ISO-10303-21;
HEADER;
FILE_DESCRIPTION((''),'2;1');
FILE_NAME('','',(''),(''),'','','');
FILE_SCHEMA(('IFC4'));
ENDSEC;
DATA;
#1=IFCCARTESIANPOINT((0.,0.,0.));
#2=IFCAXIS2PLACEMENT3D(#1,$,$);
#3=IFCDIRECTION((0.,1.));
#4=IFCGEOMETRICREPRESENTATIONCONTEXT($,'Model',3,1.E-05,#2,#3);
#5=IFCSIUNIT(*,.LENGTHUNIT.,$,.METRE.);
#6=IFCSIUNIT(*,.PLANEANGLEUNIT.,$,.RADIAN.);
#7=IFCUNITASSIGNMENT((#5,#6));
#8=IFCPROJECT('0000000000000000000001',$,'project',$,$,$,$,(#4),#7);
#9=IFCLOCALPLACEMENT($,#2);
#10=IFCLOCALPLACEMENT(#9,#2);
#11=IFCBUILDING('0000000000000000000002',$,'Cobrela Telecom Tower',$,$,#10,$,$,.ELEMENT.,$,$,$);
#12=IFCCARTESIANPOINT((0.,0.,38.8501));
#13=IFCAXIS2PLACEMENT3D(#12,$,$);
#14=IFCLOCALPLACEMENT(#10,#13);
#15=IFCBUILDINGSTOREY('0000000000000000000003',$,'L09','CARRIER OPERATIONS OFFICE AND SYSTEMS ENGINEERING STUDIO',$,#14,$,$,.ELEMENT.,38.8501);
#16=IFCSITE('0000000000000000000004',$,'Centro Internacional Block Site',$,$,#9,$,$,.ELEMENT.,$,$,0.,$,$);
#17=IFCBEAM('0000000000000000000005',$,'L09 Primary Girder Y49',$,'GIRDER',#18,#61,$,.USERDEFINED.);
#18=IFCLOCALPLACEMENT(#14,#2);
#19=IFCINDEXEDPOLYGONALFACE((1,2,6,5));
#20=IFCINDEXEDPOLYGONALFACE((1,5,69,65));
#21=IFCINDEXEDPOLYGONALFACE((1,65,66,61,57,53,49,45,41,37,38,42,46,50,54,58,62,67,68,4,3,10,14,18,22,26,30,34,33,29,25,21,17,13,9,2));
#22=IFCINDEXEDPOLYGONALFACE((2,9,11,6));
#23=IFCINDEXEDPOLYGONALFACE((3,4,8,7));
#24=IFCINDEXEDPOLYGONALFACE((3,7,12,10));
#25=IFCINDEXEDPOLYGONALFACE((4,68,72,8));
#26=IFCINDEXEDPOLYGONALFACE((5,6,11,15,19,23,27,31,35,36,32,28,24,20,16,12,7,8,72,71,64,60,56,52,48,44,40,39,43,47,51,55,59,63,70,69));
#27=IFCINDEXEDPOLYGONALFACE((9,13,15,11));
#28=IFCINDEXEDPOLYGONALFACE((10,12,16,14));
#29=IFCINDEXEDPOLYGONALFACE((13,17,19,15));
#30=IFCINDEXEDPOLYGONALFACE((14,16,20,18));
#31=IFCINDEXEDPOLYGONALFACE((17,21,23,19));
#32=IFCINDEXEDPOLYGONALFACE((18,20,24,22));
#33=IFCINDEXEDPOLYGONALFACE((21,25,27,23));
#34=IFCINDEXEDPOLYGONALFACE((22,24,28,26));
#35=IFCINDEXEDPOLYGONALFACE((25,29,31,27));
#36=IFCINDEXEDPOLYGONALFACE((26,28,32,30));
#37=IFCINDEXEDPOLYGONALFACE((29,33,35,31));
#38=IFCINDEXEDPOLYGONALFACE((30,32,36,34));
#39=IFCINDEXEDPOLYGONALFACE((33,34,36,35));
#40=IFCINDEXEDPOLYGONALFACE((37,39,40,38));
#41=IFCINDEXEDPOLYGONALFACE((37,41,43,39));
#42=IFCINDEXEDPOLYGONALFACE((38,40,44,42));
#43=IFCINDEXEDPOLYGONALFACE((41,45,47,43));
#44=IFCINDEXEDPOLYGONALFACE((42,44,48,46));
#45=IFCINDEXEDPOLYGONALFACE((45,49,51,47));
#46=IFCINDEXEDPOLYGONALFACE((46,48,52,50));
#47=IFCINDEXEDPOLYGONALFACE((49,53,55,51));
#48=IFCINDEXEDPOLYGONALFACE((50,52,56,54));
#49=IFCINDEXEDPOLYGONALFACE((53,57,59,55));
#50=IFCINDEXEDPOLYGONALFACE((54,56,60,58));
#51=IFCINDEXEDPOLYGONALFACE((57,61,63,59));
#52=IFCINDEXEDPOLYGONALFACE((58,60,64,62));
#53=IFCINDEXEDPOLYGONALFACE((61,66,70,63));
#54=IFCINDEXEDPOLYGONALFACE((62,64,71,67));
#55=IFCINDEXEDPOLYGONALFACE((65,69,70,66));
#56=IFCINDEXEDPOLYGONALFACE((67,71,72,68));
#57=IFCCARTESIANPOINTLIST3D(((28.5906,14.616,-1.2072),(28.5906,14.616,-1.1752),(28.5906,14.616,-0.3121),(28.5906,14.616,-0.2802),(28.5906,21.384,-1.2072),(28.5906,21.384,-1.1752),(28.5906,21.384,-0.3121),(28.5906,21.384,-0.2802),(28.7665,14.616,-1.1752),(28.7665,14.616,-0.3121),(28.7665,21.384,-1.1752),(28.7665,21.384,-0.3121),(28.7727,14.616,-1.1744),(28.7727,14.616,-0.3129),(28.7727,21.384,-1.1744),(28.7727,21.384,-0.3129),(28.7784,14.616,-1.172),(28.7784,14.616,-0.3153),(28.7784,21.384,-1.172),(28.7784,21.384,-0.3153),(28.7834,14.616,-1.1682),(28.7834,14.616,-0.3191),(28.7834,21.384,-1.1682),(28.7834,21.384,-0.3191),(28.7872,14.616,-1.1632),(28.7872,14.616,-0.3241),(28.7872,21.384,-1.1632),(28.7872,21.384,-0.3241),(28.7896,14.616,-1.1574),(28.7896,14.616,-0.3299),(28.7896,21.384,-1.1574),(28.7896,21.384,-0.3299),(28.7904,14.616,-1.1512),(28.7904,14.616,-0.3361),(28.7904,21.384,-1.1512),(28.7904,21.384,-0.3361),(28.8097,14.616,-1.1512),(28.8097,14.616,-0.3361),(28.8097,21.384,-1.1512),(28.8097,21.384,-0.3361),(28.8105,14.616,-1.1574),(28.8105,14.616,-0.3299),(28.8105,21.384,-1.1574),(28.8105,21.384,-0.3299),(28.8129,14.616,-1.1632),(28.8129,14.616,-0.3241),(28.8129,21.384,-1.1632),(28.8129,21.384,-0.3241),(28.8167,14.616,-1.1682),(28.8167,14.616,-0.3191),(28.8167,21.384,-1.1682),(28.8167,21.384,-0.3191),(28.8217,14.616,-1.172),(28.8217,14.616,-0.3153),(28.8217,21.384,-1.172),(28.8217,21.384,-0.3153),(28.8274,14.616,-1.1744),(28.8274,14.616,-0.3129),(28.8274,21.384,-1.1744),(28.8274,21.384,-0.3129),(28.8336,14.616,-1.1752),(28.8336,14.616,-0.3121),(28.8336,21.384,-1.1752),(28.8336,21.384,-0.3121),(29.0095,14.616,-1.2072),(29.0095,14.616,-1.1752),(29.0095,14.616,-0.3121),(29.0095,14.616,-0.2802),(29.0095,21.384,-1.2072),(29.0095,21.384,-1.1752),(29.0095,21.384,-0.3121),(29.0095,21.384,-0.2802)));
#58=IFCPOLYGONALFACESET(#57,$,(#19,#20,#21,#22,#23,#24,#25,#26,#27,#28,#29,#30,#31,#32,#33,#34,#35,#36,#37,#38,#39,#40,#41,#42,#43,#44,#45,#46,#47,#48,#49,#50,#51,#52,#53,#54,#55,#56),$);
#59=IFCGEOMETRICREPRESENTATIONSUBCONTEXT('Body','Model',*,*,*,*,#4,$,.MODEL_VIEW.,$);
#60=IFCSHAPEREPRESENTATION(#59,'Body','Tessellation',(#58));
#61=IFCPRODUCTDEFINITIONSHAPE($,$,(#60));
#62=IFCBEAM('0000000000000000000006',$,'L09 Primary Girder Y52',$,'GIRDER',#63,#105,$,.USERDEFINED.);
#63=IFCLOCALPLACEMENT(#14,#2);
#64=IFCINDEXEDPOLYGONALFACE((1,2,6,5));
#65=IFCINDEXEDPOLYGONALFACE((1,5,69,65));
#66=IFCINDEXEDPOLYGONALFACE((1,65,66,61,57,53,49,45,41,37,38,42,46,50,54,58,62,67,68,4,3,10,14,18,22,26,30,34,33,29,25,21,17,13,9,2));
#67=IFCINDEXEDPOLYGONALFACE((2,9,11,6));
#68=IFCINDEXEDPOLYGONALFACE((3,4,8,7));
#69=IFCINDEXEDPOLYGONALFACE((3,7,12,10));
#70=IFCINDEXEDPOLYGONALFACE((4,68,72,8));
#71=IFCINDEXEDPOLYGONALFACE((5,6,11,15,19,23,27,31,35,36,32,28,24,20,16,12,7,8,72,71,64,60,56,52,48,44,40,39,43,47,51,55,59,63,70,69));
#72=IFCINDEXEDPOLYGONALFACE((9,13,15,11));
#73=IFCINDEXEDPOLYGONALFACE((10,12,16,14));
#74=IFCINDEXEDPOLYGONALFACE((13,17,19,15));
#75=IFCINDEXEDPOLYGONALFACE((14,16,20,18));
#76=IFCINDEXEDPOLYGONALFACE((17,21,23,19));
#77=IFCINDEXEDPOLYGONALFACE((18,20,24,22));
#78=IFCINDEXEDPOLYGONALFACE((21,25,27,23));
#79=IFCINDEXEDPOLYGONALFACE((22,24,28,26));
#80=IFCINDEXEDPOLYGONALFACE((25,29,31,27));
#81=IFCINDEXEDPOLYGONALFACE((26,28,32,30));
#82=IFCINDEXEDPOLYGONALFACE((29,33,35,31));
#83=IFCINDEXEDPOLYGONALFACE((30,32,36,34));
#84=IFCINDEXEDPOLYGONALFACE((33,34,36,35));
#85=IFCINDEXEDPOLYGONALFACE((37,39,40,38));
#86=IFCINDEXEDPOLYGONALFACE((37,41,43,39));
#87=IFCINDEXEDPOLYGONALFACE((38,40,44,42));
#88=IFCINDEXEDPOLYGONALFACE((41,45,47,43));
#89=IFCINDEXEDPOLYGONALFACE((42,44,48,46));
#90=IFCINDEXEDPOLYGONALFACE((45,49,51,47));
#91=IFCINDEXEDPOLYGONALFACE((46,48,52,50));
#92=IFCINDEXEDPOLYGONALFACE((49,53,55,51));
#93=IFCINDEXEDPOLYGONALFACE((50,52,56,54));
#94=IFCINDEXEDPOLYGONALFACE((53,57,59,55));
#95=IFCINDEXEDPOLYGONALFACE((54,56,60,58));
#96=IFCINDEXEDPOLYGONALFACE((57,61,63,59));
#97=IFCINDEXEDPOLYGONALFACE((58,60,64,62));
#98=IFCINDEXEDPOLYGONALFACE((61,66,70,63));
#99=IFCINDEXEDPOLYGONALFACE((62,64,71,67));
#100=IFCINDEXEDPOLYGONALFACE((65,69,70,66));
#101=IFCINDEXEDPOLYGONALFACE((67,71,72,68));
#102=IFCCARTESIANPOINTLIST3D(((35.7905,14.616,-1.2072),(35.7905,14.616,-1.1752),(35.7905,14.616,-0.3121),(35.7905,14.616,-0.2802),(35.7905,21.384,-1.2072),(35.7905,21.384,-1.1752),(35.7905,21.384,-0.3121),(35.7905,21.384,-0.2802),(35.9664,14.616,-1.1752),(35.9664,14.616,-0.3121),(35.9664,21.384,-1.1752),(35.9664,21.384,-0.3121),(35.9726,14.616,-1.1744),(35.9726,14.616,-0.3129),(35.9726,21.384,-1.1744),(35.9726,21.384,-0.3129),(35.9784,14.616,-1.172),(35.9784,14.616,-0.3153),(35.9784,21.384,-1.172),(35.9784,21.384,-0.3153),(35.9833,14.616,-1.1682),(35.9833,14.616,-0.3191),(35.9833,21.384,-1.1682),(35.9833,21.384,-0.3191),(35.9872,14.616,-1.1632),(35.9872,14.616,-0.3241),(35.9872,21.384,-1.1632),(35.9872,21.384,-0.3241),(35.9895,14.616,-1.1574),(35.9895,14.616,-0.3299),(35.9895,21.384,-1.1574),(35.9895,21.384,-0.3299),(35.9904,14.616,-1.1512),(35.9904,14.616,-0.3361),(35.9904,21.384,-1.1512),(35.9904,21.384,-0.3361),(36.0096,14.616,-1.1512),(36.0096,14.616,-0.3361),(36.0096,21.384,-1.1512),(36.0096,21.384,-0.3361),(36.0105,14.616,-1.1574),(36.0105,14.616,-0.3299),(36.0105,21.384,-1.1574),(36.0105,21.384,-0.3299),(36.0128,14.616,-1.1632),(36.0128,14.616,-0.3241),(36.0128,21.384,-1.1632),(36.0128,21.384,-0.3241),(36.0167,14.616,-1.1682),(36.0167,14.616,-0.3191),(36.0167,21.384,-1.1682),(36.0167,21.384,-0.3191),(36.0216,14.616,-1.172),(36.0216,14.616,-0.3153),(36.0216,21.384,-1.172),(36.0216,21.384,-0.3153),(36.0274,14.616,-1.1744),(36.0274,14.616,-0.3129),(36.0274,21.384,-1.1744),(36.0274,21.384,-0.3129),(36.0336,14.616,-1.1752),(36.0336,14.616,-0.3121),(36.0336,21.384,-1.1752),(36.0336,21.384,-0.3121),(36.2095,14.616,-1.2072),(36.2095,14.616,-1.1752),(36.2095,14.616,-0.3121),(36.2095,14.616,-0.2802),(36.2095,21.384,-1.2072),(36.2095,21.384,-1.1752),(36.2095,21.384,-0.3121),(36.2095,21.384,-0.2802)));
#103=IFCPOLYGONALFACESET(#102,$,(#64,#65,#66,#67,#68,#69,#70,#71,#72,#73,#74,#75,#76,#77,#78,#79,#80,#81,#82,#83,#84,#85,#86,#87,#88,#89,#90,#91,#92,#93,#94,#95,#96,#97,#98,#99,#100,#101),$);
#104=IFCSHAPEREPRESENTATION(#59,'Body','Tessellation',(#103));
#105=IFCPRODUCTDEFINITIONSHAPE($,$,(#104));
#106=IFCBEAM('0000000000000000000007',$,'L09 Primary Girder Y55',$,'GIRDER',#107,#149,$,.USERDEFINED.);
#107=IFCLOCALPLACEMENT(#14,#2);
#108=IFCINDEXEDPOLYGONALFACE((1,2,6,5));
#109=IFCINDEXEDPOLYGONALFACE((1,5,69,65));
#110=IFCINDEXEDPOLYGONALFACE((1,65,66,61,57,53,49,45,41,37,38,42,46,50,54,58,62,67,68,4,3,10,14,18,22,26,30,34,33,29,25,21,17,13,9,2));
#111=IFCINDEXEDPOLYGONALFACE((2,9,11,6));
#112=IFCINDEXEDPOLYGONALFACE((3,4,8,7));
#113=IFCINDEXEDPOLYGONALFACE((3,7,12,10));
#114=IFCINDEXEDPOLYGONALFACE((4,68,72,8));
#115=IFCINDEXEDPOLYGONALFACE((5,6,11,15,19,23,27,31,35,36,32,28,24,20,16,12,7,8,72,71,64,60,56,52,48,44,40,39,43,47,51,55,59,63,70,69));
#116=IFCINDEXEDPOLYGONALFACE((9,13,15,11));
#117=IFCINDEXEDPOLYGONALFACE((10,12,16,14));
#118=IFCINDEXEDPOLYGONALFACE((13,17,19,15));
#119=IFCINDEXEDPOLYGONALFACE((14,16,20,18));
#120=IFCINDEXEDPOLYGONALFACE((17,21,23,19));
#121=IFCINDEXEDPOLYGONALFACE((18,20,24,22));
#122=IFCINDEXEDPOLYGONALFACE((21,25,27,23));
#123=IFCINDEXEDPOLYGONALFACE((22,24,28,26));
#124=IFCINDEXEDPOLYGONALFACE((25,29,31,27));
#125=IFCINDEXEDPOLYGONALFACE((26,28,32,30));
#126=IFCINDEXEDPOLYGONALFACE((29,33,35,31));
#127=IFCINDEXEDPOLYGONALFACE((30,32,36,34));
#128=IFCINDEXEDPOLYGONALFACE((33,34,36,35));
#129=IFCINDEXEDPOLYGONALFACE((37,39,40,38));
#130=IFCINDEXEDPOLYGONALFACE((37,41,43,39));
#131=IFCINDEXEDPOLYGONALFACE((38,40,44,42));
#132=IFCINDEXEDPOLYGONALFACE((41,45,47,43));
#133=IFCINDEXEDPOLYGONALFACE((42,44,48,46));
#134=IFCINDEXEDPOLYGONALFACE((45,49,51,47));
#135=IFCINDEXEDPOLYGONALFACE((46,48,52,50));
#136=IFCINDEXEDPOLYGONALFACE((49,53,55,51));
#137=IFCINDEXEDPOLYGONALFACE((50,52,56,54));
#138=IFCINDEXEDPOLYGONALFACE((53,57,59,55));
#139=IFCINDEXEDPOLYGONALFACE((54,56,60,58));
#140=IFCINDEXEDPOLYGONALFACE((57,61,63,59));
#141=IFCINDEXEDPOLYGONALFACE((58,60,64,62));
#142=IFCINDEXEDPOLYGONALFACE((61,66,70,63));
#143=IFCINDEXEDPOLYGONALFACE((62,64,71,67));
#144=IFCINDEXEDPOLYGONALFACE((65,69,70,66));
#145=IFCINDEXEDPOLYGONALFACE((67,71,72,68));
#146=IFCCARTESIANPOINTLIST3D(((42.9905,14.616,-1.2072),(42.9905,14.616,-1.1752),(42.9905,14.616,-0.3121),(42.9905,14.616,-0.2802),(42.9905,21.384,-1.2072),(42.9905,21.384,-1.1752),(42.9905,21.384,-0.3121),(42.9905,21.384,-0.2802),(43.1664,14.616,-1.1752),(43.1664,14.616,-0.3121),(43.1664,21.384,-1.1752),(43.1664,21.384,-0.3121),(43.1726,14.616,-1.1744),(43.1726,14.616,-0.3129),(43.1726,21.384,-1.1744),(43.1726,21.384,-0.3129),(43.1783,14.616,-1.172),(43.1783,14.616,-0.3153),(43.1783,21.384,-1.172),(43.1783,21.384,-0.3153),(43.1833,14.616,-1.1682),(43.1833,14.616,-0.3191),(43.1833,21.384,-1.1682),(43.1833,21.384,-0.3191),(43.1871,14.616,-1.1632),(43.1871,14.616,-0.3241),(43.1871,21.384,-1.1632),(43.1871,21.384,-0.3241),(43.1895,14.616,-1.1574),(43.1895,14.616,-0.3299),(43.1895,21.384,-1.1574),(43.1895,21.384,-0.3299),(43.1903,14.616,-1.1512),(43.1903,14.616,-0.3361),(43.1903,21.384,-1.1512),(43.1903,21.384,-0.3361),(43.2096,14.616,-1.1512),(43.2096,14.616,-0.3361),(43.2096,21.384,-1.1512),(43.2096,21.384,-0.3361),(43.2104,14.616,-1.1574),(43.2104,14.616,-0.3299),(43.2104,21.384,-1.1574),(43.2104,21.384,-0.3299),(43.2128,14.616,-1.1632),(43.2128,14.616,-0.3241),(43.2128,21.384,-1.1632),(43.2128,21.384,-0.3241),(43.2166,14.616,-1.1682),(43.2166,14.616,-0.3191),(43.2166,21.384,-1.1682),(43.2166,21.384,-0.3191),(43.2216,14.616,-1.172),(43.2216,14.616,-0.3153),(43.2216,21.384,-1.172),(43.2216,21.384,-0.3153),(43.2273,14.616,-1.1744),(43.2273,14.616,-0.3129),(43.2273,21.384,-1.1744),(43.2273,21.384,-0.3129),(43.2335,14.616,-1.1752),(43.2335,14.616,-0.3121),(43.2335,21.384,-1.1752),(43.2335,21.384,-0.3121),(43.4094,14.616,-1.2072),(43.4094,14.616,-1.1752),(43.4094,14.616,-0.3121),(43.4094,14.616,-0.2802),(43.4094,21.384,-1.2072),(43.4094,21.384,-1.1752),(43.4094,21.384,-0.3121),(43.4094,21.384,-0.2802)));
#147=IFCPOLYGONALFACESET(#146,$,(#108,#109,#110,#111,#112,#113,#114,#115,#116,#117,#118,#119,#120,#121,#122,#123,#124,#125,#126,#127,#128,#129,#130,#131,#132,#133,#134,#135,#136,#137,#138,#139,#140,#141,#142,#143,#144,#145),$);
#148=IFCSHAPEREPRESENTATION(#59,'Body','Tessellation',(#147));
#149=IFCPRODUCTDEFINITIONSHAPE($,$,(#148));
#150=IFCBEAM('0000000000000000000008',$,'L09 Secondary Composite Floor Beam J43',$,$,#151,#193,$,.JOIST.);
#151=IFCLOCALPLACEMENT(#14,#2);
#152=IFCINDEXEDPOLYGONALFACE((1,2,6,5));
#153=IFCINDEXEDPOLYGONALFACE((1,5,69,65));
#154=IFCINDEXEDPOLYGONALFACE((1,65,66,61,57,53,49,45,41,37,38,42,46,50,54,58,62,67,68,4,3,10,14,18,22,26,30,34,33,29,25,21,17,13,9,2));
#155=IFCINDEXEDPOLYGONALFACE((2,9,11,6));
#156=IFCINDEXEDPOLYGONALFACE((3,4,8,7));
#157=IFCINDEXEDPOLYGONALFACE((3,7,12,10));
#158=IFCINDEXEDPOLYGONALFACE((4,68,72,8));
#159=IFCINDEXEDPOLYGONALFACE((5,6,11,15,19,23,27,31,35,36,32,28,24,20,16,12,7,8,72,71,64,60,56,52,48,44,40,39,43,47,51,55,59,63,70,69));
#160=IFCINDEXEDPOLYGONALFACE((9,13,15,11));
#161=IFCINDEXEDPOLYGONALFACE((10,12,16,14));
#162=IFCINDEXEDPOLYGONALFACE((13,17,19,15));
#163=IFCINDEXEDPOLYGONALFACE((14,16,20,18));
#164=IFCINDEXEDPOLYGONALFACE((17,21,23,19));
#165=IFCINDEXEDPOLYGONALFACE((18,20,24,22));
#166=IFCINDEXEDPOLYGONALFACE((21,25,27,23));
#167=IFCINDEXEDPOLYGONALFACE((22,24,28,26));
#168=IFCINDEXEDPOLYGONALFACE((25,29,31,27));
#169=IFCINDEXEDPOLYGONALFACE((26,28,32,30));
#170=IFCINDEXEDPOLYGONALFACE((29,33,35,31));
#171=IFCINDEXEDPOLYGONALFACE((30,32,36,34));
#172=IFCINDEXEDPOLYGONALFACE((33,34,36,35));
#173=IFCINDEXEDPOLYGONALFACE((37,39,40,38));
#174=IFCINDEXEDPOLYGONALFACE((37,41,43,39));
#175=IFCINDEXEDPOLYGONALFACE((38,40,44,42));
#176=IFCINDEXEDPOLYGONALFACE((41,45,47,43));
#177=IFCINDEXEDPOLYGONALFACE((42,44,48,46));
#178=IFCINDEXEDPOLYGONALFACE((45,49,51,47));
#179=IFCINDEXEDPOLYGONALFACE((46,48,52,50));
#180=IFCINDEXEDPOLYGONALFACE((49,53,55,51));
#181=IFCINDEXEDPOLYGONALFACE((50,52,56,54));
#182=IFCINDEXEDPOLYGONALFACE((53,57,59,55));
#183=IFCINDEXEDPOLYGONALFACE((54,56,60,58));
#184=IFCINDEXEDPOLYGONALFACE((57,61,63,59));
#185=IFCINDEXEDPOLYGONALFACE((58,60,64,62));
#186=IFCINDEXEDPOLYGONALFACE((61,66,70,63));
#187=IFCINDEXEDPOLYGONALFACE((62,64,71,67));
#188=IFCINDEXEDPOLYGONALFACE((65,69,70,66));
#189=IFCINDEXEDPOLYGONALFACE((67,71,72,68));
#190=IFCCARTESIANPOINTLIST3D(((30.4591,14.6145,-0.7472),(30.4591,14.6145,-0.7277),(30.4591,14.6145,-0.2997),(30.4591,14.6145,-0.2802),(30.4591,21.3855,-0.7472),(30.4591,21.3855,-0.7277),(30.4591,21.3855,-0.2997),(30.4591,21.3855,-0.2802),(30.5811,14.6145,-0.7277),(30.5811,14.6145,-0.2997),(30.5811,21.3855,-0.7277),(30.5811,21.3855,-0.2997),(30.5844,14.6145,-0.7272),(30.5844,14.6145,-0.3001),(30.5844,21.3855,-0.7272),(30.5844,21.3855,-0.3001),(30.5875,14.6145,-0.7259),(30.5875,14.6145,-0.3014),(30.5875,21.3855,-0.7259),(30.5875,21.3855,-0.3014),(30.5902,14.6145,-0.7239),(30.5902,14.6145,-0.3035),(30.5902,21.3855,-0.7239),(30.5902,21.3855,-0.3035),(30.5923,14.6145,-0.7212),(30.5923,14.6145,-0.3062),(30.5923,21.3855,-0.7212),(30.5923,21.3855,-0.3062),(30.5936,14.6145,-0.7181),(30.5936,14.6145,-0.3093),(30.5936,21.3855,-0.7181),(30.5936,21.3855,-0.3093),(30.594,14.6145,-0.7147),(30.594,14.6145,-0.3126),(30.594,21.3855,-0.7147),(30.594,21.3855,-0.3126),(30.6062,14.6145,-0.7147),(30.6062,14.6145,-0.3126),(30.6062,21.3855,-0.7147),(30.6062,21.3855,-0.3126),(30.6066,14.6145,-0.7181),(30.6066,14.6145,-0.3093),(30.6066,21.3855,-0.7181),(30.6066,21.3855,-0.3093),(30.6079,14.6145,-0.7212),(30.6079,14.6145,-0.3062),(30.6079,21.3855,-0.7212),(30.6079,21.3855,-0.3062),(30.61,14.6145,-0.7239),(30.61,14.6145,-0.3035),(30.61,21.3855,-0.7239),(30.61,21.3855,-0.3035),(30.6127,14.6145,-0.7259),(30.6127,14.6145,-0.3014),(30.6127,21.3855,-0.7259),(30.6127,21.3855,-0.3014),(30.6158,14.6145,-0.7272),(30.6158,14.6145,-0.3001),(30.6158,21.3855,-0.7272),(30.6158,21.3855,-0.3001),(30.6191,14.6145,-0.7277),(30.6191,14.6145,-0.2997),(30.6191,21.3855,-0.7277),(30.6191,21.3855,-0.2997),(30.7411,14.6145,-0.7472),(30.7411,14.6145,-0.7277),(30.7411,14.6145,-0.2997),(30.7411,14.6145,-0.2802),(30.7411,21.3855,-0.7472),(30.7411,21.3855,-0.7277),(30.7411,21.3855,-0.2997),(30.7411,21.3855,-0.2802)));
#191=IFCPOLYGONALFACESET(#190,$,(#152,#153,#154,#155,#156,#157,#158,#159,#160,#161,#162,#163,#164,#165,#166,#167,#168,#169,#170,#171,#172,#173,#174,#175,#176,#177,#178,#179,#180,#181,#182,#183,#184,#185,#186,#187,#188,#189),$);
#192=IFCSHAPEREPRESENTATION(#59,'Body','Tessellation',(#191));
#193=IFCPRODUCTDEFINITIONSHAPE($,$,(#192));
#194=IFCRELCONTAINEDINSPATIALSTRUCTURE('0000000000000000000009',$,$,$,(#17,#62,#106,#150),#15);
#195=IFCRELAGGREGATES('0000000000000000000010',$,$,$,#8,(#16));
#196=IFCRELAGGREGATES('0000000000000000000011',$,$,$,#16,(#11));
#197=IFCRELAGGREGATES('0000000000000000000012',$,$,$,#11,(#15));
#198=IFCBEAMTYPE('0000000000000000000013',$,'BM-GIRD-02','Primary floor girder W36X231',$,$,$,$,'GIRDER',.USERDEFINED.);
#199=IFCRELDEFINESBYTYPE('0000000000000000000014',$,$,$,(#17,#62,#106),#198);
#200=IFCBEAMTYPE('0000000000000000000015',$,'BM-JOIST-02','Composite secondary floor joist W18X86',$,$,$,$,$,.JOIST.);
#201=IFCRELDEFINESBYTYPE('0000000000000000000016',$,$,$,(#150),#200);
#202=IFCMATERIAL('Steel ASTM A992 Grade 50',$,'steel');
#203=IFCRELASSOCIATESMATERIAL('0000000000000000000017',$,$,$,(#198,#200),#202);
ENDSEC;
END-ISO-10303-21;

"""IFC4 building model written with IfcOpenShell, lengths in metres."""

from ifc_helpers import new_model, si_unit, direction, frame, origin, origin_2d, place, context, subcontext, project, spatial, i_section, extrude, material, material_profile, profile_set, type_object, element, save


model = new_model("IFC4")

# Units and contexts
model_context = context("Model", 3, precision=1e-05, world=origin(), true_north=direction((0.0, 1.0)))
body_context = subcontext(model_context, "Body", "Model", "MODEL_VIEW")
ifc_project = project(units=[si_unit("LENGTHUNIT", "METRE"), si_unit("PLANEANGLEUNIT", "RADIAN")], contexts=[model_context])

# Site, building, storey
site_placement = place(None, origin())
site = spatial("IfcSite", under=ifc_project, at=site_placement, Name="Centro Internacional Block Site", CompositionType="ELEMENT", RefElevation=0.0)
building_placement = place(site_placement, origin())
building = spatial("IfcBuilding", under=site, at=building_placement, Name="Cobrela Telecom Tower", CompositionType="ELEMENT")
storey_placement = place(building_placement, frame((0.0, 0.0, 38.8501)))
storey = spatial("IfcBuildingStorey", under=building, at=storey_placement, Name="L09", Description="CARRIER OPERATIONS OFFICE AND SYSTEMS ENGINEERING STUDIO", CompositionType="ELEMENT", Elevation=38.8501)

# Shared definitions
ifc_material_1 = material(Name="Steel ASTM A992 Grade 50", Category="steel")

# Beams
ifc_material_profile_1 = material_profile(ifc_material_1, i_section(OverallWidth=0.4189, OverallDepth=0.927, WebThickness=0.0193, FlangeThickness=0.032, FilletRadius=0.0239, at=origin_2d()), Name="W36X231")
ifc_profile_set_1 = profile_set([ifc_material_profile_1], Name="Steel ASTM A992 Grade 50")
beam_type_1 = type_object("IfcBeamType", Name="BM-GIRD-02", Description="Primary floor girder W36X231", ElementType="GIRDER", PredefinedType="USERDEFINED", material=ifc_profile_set_1)
for number, where, z_axis, x_axis, name in (
    (1, (28.8, 14.616, -0.7437), (0.0, 1.0, 0.0), (-1.0, 0.0, 0.0), "L09 Primary Girder Y49"),
    (2, (36.0, 14.616, -0.7437), (0.0, 1.0, 0.0), (-1.0, 0.0, 0.0), "L09 Primary Girder Y52"),
    (3, (43.2, 14.616, -0.7437), (0.0, 1.0, 0.0), (-1.0, 0.0, 0.0), "L09 Primary Girder Y55"),
):
    element("IfcBeam", number, at=place(storey_placement, frame(where, z_axis=z_axis, x_axis=x_axis)), inside=storey, type_object=beam_type_1, Name=name, ObjectType="GIRDER", PredefinedType="USERDEFINED", context=body_context, shape_type="SweptSolid", body=[
        extrude(i_section(OverallWidth=0.4189, OverallDepth=0.927, WebThickness=0.0193, FlangeThickness=0.032, FilletRadius=0.0239, at=origin_2d()), origin(), (0.0, 0.0, 1.0), 6.7681),
    ])
ifc_material_profile_2 = material_profile(ifc_material_1, i_section(OverallWidth=0.282, OverallDepth=0.467, WebThickness=0.0122, FlangeThickness=0.0195, FilletRadius=0.0129, at=origin_2d()), Name="W18X86")
ifc_profile_set_2 = profile_set([ifc_material_profile_2], Name="Steel ASTM A992 Grade 50")
beam_type_2 = type_object("IfcBeamType", Name="BM-JOIST-02", Description="Composite secondary floor joist W18X86", PredefinedType="JOIST", material=ifc_profile_set_2)
for number, where, z_axis, x_axis, name in (
    (4, (30.6001, 14.6145, -0.5137), (0.0, 1.0, 0.0), (-1.0, 0.0, 0.0), "L09 Secondary Composite Floor Beam J43"),
):
    element("IfcBeam", number, at=place(storey_placement, frame(where, z_axis=z_axis, x_axis=x_axis)), inside=storey, type_object=beam_type_2, Name=name, PredefinedType="JOIST", context=body_context, shape_type="SweptSolid", body=[
        extrude(i_section(OverallWidth=0.282, OverallDepth=0.467, WebThickness=0.0122, FlangeThickness=0.0195, FilletRadius=0.0129, at=origin_2d()), origin(), (0.0, 0.0, 1.0), 6.771),
    ])

save(model, "model.ifc")
